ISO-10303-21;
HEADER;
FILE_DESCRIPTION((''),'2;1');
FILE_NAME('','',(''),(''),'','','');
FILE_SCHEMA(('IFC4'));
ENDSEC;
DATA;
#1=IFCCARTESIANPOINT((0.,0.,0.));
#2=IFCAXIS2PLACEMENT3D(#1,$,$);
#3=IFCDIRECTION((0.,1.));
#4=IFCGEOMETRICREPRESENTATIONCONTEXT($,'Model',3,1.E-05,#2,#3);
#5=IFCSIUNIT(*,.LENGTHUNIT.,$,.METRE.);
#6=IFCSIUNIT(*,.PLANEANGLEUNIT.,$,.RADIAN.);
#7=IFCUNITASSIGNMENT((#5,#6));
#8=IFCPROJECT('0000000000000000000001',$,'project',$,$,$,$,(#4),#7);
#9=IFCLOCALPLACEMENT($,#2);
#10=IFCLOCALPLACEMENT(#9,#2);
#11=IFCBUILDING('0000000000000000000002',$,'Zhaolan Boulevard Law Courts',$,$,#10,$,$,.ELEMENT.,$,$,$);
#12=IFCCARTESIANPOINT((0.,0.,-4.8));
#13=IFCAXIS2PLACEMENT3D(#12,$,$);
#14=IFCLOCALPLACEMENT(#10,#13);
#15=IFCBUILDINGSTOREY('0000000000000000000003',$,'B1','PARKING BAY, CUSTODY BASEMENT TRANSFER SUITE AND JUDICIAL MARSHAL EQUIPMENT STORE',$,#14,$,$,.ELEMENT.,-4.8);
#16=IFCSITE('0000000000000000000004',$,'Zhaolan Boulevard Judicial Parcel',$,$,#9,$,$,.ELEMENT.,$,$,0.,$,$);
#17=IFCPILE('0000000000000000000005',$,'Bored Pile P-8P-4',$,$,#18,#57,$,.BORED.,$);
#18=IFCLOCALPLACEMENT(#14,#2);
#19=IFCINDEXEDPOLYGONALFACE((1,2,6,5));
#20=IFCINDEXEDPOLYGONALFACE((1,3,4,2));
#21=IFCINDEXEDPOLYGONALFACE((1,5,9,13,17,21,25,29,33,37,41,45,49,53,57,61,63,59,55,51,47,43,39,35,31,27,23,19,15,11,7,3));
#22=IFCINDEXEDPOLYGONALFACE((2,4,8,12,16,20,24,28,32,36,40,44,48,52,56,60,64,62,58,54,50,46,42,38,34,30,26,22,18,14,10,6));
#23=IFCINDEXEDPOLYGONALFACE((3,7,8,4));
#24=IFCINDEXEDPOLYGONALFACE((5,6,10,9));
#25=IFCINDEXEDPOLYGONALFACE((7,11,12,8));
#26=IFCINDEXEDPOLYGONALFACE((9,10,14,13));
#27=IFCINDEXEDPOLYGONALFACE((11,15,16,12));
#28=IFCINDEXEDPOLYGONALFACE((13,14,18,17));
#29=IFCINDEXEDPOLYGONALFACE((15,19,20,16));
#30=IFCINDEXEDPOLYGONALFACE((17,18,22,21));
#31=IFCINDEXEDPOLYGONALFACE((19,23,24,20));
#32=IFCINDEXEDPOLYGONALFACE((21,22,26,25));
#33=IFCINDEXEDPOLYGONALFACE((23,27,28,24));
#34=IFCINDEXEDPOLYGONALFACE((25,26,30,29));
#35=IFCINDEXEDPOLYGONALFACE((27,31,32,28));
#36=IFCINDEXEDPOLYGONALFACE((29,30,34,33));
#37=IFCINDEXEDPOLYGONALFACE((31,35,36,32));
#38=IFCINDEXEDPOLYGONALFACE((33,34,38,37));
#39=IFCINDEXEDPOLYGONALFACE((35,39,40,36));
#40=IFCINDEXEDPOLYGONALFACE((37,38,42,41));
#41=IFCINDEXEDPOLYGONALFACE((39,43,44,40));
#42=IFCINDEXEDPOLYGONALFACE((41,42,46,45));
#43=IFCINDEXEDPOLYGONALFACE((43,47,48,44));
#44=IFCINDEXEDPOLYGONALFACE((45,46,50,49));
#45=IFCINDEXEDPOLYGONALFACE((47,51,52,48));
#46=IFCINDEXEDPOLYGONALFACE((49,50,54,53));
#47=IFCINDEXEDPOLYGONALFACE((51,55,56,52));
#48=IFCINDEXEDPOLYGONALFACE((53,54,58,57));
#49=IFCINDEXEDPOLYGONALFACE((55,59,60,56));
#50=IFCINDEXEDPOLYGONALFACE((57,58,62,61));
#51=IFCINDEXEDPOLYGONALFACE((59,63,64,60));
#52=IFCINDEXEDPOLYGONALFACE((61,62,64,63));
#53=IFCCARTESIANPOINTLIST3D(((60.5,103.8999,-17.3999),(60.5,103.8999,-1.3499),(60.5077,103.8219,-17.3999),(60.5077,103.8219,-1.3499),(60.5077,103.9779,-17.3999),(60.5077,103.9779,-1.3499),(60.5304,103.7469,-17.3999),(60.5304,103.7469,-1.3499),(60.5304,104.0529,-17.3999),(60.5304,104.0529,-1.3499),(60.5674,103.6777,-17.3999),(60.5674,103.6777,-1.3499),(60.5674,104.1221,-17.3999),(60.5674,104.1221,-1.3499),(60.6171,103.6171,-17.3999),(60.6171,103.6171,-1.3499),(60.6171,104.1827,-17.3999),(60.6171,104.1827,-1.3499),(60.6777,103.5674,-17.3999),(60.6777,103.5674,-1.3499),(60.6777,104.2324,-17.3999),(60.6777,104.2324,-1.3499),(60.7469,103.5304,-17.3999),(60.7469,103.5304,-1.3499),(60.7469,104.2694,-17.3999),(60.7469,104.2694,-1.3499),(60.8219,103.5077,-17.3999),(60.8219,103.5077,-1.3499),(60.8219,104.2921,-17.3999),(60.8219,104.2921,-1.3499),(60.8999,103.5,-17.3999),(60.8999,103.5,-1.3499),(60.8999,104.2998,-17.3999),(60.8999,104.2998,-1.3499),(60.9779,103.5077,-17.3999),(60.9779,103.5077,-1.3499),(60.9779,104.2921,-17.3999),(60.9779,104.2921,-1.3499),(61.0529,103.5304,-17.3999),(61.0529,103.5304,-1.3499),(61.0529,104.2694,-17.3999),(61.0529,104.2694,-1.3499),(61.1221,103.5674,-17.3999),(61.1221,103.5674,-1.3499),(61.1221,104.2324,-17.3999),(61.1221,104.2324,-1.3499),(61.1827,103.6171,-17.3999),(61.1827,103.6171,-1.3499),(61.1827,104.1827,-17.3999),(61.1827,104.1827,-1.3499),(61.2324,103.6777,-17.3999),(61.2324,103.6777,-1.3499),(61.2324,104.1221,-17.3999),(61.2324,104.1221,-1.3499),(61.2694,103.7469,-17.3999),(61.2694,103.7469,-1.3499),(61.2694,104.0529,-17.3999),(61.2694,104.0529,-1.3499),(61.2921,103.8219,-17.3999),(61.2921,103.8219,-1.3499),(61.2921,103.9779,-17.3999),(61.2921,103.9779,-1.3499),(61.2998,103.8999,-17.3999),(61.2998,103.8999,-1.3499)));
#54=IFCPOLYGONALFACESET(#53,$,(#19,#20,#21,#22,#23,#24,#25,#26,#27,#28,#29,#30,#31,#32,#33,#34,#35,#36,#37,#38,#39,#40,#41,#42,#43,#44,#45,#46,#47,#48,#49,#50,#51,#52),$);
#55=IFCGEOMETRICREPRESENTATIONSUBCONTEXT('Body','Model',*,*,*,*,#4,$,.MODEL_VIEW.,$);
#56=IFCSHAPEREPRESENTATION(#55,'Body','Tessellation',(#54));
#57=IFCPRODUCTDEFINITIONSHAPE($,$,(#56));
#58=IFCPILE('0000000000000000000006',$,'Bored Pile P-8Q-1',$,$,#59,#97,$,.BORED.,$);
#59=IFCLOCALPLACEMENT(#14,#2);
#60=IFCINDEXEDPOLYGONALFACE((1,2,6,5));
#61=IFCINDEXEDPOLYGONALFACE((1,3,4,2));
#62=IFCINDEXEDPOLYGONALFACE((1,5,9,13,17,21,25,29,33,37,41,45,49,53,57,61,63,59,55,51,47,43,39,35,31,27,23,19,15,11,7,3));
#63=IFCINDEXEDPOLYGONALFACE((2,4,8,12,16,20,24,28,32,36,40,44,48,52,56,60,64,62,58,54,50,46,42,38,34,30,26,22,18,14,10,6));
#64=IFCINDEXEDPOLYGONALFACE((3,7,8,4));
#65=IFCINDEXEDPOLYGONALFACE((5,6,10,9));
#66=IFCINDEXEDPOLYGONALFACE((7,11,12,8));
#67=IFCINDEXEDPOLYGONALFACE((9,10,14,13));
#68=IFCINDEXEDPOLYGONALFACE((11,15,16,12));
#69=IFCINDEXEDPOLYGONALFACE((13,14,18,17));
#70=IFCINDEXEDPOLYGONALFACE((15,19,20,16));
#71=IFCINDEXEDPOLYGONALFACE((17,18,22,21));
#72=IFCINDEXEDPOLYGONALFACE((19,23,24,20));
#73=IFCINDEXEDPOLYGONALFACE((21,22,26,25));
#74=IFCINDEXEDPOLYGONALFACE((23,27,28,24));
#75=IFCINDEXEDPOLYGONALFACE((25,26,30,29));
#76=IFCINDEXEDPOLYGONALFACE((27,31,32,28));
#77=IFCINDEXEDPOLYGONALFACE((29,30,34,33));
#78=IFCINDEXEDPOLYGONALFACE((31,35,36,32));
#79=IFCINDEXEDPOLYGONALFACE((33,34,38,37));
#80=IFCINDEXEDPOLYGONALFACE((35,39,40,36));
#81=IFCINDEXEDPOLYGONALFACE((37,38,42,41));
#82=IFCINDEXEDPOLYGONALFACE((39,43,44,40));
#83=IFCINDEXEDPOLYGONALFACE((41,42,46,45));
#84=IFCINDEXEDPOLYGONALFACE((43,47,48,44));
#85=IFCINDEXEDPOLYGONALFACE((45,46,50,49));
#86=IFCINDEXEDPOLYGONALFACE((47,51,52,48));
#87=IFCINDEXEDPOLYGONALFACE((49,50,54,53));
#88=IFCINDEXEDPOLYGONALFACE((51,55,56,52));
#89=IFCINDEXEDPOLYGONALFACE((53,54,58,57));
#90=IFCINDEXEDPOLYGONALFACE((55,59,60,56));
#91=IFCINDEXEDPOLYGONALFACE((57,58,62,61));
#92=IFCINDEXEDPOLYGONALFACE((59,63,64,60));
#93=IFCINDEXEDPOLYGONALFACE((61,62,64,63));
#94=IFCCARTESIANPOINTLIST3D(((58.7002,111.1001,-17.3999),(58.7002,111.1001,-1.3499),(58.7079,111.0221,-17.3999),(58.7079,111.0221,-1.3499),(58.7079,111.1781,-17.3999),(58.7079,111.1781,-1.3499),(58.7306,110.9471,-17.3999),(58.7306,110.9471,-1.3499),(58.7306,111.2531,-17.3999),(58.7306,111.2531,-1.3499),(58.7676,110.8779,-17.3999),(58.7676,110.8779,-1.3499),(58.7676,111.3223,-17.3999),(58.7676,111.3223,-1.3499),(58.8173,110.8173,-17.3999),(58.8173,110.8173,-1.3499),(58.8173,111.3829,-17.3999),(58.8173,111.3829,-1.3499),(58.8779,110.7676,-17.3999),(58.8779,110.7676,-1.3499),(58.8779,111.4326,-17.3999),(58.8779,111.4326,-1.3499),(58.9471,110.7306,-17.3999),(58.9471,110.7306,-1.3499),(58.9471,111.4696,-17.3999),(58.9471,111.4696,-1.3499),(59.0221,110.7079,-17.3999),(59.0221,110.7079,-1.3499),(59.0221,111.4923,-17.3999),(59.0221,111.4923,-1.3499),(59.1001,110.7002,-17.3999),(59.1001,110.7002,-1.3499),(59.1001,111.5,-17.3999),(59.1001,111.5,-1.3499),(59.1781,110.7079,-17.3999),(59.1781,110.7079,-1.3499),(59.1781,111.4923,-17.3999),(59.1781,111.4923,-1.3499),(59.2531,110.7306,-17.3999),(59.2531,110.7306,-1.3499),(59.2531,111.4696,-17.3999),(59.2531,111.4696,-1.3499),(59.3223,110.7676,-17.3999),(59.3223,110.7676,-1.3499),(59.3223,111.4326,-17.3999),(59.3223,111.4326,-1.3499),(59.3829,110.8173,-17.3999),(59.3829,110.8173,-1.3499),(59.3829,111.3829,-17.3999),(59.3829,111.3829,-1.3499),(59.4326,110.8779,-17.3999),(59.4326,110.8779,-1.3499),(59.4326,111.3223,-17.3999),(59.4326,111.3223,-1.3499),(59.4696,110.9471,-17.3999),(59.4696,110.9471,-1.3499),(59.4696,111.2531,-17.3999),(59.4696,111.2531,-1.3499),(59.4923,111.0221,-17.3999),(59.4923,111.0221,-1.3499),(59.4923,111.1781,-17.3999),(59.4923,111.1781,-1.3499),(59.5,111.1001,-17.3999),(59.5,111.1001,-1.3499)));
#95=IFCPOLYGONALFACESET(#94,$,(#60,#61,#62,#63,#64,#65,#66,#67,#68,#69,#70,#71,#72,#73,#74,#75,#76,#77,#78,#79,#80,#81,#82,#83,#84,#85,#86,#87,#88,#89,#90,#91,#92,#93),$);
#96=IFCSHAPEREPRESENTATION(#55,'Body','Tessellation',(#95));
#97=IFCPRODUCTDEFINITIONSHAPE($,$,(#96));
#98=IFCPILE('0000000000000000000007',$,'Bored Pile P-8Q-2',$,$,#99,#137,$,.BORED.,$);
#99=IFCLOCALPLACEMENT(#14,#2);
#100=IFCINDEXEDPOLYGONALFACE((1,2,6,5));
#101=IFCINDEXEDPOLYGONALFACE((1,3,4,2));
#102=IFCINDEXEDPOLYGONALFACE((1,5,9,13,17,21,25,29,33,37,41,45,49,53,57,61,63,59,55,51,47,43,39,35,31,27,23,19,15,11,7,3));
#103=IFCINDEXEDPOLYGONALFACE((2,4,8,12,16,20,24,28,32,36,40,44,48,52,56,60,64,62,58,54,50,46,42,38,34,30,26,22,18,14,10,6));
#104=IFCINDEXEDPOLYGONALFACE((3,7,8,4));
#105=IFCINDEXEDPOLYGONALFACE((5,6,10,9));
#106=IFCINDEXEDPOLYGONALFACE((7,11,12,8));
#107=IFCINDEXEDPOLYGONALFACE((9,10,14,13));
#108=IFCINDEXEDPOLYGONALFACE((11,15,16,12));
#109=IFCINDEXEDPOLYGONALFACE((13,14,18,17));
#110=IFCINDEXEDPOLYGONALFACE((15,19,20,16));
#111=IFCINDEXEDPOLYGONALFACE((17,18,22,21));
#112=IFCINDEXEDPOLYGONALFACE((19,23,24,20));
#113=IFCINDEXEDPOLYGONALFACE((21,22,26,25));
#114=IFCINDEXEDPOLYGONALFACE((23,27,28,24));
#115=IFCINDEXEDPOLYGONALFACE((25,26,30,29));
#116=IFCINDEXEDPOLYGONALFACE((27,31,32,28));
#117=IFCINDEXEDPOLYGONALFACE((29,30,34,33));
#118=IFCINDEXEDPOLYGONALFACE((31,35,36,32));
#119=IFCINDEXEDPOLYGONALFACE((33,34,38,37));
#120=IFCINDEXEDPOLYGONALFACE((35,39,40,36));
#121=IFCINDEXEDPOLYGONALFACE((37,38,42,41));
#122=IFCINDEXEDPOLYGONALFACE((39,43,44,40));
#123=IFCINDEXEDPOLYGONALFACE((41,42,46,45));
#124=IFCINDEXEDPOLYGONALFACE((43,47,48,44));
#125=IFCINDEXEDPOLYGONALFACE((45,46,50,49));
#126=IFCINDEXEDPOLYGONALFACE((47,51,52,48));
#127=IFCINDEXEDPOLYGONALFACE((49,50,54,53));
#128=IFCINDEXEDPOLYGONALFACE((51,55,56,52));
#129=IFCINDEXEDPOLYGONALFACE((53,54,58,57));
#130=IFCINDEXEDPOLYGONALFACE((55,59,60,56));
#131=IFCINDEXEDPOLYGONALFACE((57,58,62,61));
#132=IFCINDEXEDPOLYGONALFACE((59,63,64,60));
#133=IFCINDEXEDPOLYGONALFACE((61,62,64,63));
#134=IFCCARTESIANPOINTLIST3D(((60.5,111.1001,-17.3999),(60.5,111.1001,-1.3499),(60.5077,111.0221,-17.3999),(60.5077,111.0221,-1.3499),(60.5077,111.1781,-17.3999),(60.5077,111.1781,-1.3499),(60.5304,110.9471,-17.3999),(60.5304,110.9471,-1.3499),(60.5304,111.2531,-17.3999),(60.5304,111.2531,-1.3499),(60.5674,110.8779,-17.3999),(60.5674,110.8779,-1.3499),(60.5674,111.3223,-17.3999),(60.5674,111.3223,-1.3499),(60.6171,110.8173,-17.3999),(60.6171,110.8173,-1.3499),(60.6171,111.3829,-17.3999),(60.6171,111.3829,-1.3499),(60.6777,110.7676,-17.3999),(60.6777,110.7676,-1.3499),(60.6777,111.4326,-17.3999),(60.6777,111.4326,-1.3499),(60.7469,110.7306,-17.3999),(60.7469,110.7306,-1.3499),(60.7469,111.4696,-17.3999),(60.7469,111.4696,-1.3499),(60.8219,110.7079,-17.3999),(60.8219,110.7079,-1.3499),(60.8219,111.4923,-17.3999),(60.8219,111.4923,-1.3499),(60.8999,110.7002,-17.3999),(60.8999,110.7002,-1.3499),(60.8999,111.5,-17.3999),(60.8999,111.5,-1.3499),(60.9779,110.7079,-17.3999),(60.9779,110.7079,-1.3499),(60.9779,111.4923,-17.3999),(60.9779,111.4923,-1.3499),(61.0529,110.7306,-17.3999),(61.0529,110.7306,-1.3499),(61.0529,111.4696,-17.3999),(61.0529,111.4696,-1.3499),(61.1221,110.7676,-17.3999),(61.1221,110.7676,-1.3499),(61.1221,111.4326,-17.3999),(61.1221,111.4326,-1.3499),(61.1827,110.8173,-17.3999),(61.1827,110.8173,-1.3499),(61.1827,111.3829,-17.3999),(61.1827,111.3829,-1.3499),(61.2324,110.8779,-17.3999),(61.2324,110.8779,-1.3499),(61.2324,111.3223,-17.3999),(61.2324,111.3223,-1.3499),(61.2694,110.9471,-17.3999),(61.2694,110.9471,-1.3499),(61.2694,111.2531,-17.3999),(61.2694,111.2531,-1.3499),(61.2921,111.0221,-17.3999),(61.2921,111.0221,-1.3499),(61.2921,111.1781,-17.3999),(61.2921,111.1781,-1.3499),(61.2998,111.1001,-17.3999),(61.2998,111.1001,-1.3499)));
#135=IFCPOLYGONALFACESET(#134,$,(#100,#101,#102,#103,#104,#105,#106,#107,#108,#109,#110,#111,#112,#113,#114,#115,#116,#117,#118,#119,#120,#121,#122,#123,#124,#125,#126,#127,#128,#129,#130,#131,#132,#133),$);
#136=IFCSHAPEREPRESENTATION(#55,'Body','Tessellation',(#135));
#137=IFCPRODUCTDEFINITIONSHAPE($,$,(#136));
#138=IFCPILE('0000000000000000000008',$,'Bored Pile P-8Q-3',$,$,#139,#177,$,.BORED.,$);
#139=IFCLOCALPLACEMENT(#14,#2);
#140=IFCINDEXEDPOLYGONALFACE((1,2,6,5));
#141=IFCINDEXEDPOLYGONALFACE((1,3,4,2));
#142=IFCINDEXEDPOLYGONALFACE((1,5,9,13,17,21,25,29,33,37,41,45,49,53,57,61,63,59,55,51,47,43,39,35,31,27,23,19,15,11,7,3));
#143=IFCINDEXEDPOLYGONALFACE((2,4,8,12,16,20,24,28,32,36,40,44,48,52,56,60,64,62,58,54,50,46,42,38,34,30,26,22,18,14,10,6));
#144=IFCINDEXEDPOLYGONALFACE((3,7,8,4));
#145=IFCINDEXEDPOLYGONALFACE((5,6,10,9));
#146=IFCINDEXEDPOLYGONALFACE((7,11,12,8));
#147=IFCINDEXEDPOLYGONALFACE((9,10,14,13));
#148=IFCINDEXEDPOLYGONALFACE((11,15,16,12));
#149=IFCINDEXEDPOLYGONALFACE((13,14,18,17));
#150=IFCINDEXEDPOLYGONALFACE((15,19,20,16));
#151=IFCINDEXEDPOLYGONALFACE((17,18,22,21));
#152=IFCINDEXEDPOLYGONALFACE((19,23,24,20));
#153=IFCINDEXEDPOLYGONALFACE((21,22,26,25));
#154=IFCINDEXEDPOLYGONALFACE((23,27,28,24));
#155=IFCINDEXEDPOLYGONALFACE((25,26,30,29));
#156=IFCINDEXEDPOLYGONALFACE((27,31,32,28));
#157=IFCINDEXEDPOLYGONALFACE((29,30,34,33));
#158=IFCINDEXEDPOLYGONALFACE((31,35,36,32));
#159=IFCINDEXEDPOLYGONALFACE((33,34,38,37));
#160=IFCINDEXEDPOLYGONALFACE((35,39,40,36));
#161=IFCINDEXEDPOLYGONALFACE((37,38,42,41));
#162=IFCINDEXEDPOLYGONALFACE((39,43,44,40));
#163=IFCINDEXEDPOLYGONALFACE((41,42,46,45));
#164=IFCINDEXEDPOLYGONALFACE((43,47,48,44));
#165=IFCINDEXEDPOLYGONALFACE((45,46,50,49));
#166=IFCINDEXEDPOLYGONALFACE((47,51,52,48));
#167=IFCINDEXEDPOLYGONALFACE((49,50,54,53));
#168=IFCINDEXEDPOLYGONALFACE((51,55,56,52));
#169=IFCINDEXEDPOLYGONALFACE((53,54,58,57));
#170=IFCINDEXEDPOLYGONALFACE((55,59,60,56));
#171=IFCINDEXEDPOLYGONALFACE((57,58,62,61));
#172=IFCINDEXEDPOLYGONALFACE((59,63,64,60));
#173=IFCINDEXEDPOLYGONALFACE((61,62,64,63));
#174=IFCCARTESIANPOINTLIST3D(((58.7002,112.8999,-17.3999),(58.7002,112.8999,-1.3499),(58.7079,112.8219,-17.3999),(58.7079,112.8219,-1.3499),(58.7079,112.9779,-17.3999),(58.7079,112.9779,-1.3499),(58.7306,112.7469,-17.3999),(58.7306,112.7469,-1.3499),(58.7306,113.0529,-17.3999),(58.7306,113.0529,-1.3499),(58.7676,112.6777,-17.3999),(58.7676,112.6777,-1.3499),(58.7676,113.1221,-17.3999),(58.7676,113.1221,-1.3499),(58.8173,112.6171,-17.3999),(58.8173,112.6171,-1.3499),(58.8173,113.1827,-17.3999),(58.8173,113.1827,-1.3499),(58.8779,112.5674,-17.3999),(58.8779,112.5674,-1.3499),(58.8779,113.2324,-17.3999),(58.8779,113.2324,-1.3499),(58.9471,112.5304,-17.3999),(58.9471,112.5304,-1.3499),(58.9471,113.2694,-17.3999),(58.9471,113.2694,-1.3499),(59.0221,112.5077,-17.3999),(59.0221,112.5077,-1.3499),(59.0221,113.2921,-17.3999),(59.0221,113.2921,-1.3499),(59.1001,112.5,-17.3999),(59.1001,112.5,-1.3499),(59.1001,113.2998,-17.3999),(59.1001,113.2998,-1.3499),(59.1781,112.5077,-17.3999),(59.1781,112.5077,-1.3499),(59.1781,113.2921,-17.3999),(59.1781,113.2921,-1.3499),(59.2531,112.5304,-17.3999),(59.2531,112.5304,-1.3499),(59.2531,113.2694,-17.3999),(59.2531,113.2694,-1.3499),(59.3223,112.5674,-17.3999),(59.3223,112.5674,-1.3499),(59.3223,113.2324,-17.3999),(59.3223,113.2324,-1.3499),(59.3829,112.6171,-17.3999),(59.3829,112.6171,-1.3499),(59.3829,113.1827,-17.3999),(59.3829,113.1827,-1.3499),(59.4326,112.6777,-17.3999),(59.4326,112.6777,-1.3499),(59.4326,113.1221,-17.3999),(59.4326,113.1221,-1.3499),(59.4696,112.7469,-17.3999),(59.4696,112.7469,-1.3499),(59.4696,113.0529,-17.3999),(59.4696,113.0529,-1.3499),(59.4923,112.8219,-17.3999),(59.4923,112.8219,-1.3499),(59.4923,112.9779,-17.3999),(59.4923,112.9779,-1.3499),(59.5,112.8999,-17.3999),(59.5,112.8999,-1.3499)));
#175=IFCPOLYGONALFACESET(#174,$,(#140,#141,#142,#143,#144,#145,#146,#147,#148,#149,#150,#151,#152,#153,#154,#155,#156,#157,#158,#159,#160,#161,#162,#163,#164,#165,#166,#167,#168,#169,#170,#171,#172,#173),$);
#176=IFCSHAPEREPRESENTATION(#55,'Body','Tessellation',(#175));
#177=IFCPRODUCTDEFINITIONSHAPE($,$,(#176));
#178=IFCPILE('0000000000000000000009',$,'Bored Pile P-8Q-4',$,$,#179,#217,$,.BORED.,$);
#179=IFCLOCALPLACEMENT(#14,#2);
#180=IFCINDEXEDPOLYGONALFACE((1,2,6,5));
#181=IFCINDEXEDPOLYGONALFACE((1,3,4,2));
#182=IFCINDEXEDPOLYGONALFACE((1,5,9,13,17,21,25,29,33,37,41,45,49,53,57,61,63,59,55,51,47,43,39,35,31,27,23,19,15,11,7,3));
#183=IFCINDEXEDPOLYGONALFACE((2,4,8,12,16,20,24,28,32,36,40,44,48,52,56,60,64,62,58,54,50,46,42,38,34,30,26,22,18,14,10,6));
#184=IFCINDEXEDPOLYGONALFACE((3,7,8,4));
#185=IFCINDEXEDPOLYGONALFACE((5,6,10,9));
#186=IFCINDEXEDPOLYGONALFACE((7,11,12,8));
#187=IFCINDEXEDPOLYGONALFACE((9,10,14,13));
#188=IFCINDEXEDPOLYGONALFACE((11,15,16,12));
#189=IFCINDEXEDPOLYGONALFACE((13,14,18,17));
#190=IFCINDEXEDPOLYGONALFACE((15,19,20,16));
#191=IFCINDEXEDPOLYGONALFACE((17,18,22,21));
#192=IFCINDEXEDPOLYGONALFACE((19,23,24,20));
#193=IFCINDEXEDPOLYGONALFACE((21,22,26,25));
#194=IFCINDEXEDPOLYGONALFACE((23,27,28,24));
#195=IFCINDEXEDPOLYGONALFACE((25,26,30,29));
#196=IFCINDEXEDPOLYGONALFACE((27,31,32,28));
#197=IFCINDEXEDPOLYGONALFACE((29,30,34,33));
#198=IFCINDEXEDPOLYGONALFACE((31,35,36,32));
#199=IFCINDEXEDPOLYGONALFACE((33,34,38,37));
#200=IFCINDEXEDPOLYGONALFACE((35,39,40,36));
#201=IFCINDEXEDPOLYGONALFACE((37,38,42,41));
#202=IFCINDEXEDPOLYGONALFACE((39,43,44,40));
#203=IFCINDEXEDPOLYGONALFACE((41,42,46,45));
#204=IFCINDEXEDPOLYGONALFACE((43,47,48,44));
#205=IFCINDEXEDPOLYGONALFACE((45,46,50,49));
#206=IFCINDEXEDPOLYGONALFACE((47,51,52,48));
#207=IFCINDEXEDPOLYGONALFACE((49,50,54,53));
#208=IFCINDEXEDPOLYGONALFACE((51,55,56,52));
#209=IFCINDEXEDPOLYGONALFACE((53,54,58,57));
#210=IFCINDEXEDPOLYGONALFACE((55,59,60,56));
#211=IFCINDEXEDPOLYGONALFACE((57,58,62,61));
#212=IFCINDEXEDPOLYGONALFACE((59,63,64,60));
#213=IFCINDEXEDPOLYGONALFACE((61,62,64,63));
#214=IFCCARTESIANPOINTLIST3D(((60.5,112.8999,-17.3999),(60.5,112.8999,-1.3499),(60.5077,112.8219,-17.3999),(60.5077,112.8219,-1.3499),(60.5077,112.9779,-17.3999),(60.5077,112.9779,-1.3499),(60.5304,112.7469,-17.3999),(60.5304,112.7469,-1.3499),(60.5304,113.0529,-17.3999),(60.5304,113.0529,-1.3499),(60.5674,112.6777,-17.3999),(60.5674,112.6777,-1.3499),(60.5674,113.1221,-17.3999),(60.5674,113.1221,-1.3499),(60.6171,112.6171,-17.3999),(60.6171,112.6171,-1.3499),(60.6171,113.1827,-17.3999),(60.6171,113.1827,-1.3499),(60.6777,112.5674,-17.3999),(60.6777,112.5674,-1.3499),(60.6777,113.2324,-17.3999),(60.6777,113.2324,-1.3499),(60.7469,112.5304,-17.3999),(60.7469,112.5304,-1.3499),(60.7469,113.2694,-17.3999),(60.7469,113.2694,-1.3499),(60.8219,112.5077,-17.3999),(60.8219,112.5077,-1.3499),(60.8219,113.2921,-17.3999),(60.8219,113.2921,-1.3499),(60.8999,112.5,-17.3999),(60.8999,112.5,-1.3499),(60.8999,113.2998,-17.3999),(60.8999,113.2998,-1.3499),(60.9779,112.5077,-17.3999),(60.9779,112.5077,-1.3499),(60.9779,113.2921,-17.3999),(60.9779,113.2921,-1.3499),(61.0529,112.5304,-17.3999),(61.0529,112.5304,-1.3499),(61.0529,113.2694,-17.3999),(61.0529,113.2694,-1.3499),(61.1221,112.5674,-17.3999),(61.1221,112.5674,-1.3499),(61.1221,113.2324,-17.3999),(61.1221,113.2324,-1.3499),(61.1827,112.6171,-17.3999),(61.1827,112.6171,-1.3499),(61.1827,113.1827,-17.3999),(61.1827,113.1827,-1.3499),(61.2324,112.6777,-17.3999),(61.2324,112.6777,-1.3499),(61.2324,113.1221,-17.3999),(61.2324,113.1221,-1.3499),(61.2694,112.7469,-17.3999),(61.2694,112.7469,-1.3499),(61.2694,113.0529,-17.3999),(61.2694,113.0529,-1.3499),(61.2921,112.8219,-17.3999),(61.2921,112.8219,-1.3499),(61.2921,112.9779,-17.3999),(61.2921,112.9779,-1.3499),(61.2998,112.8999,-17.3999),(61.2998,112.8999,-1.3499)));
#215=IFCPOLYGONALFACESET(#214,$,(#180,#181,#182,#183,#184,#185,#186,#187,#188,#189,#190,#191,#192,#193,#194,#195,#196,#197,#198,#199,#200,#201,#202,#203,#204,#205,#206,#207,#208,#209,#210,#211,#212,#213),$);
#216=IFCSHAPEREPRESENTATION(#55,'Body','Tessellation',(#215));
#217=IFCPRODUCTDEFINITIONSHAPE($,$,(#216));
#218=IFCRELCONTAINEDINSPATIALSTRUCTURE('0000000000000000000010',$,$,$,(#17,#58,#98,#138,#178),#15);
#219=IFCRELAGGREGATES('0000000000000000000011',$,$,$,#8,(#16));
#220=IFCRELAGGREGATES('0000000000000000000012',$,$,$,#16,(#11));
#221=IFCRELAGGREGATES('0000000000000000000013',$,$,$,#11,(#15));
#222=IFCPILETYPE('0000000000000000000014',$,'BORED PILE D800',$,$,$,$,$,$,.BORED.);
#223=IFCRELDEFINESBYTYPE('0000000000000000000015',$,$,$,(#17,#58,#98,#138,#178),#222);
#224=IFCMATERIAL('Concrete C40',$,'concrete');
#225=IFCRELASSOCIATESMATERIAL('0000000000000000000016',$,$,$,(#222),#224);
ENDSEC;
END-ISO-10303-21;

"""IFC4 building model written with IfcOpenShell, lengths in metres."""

from ifc_helpers import new_model, si_unit, direction, frame, origin, origin_2d, place, context, subcontext, project, spatial, circle, extrude, material, material_profile, profile_set, type_object, element, save


model = new_model("IFC4")

# Units and contexts
model_context = context("Model", 3, precision=1e-05, world=origin(), true_north=direction((0.0, 1.0)))
body_context = subcontext(model_context, "Body", "Model", "MODEL_VIEW")
ifc_project = project(units=[si_unit("LENGTHUNIT", "METRE"), si_unit("PLANEANGLEUNIT", "RADIAN")], contexts=[model_context])

# Site, building, storey
site_placement = place(None, origin())
site = spatial("IfcSite", under=ifc_project, at=site_placement, Name="Zhaolan Boulevard Judicial Parcel", CompositionType="ELEMENT", RefElevation=0.0)
building_placement = place(site_placement, origin())
building = spatial("IfcBuilding", under=site, at=building_placement, Name="Zhaolan Boulevard Law Courts", CompositionType="ELEMENT")
storey_placement = place(building_placement, frame((0.0, 0.0, -4.8)))
storey = spatial("IfcBuildingStorey", under=building, at=storey_placement, Name="B1", Description="PARKING BAY, CUSTODY BASEMENT TRANSFER SUITE AND JUDICIAL MARSHAL EQUIPMENT STORE", CompositionType="ELEMENT", Elevation=-4.8)

# Piles
ifc_material_1 = material(Name="Concrete C40", Category="concrete")
ifc_material_profile_1 = material_profile(ifc_material_1, circle(Radius=0.3999, at=origin_2d()), Name="PILE-D800")
ifc_profile_set_1 = profile_set([ifc_material_profile_1], Name="Concrete C40")
pile_type = type_object("IfcPileType", Name="BORED PILE D800", PredefinedType="BORED", material=ifc_profile_set_1)
for number, where, z_axis, x_axis, name in (
    (1, (60.8999, 103.8999, -1.3499), (0.0, 0.0, -1.0), (1.0, 0.0, 0.0), "Bored Pile P-8P-4"),
    (2, (59.1001, 111.1001, -1.3499), (0.0, 0.0, -1.0), (1.0, 0.0, 0.0), "Bored Pile P-8Q-1"),
    (3, (60.8999, 111.1001, -1.3499), (0.0, 0.0, -1.0), (1.0, 0.0, 0.0), "Bored Pile P-8Q-2"),
    (4, (59.1001, 112.8999, -1.3499), (0.0, 0.0, -1.0), (1.0, 0.0, 0.0), "Bored Pile P-8Q-3"),
    (5, (60.8999, 112.8999, -1.3499), (0.0, 0.0, -1.0), (1.0, 0.0, 0.0), "Bored Pile P-8Q-4"),
):
    element("IfcPile", number, at=place(storey_placement, frame(where, z_axis=z_axis, x_axis=x_axis)), inside=storey, type_object=pile_type, Name=name, PredefinedType="BORED", context=body_context, shape_type="SweptSolid", body=[
        extrude(circle(Radius=0.3999, at=origin_2d()), origin(), (0.0, 0.0, 1.0), 16.05),
    ])

save(model, "model.ifc")
